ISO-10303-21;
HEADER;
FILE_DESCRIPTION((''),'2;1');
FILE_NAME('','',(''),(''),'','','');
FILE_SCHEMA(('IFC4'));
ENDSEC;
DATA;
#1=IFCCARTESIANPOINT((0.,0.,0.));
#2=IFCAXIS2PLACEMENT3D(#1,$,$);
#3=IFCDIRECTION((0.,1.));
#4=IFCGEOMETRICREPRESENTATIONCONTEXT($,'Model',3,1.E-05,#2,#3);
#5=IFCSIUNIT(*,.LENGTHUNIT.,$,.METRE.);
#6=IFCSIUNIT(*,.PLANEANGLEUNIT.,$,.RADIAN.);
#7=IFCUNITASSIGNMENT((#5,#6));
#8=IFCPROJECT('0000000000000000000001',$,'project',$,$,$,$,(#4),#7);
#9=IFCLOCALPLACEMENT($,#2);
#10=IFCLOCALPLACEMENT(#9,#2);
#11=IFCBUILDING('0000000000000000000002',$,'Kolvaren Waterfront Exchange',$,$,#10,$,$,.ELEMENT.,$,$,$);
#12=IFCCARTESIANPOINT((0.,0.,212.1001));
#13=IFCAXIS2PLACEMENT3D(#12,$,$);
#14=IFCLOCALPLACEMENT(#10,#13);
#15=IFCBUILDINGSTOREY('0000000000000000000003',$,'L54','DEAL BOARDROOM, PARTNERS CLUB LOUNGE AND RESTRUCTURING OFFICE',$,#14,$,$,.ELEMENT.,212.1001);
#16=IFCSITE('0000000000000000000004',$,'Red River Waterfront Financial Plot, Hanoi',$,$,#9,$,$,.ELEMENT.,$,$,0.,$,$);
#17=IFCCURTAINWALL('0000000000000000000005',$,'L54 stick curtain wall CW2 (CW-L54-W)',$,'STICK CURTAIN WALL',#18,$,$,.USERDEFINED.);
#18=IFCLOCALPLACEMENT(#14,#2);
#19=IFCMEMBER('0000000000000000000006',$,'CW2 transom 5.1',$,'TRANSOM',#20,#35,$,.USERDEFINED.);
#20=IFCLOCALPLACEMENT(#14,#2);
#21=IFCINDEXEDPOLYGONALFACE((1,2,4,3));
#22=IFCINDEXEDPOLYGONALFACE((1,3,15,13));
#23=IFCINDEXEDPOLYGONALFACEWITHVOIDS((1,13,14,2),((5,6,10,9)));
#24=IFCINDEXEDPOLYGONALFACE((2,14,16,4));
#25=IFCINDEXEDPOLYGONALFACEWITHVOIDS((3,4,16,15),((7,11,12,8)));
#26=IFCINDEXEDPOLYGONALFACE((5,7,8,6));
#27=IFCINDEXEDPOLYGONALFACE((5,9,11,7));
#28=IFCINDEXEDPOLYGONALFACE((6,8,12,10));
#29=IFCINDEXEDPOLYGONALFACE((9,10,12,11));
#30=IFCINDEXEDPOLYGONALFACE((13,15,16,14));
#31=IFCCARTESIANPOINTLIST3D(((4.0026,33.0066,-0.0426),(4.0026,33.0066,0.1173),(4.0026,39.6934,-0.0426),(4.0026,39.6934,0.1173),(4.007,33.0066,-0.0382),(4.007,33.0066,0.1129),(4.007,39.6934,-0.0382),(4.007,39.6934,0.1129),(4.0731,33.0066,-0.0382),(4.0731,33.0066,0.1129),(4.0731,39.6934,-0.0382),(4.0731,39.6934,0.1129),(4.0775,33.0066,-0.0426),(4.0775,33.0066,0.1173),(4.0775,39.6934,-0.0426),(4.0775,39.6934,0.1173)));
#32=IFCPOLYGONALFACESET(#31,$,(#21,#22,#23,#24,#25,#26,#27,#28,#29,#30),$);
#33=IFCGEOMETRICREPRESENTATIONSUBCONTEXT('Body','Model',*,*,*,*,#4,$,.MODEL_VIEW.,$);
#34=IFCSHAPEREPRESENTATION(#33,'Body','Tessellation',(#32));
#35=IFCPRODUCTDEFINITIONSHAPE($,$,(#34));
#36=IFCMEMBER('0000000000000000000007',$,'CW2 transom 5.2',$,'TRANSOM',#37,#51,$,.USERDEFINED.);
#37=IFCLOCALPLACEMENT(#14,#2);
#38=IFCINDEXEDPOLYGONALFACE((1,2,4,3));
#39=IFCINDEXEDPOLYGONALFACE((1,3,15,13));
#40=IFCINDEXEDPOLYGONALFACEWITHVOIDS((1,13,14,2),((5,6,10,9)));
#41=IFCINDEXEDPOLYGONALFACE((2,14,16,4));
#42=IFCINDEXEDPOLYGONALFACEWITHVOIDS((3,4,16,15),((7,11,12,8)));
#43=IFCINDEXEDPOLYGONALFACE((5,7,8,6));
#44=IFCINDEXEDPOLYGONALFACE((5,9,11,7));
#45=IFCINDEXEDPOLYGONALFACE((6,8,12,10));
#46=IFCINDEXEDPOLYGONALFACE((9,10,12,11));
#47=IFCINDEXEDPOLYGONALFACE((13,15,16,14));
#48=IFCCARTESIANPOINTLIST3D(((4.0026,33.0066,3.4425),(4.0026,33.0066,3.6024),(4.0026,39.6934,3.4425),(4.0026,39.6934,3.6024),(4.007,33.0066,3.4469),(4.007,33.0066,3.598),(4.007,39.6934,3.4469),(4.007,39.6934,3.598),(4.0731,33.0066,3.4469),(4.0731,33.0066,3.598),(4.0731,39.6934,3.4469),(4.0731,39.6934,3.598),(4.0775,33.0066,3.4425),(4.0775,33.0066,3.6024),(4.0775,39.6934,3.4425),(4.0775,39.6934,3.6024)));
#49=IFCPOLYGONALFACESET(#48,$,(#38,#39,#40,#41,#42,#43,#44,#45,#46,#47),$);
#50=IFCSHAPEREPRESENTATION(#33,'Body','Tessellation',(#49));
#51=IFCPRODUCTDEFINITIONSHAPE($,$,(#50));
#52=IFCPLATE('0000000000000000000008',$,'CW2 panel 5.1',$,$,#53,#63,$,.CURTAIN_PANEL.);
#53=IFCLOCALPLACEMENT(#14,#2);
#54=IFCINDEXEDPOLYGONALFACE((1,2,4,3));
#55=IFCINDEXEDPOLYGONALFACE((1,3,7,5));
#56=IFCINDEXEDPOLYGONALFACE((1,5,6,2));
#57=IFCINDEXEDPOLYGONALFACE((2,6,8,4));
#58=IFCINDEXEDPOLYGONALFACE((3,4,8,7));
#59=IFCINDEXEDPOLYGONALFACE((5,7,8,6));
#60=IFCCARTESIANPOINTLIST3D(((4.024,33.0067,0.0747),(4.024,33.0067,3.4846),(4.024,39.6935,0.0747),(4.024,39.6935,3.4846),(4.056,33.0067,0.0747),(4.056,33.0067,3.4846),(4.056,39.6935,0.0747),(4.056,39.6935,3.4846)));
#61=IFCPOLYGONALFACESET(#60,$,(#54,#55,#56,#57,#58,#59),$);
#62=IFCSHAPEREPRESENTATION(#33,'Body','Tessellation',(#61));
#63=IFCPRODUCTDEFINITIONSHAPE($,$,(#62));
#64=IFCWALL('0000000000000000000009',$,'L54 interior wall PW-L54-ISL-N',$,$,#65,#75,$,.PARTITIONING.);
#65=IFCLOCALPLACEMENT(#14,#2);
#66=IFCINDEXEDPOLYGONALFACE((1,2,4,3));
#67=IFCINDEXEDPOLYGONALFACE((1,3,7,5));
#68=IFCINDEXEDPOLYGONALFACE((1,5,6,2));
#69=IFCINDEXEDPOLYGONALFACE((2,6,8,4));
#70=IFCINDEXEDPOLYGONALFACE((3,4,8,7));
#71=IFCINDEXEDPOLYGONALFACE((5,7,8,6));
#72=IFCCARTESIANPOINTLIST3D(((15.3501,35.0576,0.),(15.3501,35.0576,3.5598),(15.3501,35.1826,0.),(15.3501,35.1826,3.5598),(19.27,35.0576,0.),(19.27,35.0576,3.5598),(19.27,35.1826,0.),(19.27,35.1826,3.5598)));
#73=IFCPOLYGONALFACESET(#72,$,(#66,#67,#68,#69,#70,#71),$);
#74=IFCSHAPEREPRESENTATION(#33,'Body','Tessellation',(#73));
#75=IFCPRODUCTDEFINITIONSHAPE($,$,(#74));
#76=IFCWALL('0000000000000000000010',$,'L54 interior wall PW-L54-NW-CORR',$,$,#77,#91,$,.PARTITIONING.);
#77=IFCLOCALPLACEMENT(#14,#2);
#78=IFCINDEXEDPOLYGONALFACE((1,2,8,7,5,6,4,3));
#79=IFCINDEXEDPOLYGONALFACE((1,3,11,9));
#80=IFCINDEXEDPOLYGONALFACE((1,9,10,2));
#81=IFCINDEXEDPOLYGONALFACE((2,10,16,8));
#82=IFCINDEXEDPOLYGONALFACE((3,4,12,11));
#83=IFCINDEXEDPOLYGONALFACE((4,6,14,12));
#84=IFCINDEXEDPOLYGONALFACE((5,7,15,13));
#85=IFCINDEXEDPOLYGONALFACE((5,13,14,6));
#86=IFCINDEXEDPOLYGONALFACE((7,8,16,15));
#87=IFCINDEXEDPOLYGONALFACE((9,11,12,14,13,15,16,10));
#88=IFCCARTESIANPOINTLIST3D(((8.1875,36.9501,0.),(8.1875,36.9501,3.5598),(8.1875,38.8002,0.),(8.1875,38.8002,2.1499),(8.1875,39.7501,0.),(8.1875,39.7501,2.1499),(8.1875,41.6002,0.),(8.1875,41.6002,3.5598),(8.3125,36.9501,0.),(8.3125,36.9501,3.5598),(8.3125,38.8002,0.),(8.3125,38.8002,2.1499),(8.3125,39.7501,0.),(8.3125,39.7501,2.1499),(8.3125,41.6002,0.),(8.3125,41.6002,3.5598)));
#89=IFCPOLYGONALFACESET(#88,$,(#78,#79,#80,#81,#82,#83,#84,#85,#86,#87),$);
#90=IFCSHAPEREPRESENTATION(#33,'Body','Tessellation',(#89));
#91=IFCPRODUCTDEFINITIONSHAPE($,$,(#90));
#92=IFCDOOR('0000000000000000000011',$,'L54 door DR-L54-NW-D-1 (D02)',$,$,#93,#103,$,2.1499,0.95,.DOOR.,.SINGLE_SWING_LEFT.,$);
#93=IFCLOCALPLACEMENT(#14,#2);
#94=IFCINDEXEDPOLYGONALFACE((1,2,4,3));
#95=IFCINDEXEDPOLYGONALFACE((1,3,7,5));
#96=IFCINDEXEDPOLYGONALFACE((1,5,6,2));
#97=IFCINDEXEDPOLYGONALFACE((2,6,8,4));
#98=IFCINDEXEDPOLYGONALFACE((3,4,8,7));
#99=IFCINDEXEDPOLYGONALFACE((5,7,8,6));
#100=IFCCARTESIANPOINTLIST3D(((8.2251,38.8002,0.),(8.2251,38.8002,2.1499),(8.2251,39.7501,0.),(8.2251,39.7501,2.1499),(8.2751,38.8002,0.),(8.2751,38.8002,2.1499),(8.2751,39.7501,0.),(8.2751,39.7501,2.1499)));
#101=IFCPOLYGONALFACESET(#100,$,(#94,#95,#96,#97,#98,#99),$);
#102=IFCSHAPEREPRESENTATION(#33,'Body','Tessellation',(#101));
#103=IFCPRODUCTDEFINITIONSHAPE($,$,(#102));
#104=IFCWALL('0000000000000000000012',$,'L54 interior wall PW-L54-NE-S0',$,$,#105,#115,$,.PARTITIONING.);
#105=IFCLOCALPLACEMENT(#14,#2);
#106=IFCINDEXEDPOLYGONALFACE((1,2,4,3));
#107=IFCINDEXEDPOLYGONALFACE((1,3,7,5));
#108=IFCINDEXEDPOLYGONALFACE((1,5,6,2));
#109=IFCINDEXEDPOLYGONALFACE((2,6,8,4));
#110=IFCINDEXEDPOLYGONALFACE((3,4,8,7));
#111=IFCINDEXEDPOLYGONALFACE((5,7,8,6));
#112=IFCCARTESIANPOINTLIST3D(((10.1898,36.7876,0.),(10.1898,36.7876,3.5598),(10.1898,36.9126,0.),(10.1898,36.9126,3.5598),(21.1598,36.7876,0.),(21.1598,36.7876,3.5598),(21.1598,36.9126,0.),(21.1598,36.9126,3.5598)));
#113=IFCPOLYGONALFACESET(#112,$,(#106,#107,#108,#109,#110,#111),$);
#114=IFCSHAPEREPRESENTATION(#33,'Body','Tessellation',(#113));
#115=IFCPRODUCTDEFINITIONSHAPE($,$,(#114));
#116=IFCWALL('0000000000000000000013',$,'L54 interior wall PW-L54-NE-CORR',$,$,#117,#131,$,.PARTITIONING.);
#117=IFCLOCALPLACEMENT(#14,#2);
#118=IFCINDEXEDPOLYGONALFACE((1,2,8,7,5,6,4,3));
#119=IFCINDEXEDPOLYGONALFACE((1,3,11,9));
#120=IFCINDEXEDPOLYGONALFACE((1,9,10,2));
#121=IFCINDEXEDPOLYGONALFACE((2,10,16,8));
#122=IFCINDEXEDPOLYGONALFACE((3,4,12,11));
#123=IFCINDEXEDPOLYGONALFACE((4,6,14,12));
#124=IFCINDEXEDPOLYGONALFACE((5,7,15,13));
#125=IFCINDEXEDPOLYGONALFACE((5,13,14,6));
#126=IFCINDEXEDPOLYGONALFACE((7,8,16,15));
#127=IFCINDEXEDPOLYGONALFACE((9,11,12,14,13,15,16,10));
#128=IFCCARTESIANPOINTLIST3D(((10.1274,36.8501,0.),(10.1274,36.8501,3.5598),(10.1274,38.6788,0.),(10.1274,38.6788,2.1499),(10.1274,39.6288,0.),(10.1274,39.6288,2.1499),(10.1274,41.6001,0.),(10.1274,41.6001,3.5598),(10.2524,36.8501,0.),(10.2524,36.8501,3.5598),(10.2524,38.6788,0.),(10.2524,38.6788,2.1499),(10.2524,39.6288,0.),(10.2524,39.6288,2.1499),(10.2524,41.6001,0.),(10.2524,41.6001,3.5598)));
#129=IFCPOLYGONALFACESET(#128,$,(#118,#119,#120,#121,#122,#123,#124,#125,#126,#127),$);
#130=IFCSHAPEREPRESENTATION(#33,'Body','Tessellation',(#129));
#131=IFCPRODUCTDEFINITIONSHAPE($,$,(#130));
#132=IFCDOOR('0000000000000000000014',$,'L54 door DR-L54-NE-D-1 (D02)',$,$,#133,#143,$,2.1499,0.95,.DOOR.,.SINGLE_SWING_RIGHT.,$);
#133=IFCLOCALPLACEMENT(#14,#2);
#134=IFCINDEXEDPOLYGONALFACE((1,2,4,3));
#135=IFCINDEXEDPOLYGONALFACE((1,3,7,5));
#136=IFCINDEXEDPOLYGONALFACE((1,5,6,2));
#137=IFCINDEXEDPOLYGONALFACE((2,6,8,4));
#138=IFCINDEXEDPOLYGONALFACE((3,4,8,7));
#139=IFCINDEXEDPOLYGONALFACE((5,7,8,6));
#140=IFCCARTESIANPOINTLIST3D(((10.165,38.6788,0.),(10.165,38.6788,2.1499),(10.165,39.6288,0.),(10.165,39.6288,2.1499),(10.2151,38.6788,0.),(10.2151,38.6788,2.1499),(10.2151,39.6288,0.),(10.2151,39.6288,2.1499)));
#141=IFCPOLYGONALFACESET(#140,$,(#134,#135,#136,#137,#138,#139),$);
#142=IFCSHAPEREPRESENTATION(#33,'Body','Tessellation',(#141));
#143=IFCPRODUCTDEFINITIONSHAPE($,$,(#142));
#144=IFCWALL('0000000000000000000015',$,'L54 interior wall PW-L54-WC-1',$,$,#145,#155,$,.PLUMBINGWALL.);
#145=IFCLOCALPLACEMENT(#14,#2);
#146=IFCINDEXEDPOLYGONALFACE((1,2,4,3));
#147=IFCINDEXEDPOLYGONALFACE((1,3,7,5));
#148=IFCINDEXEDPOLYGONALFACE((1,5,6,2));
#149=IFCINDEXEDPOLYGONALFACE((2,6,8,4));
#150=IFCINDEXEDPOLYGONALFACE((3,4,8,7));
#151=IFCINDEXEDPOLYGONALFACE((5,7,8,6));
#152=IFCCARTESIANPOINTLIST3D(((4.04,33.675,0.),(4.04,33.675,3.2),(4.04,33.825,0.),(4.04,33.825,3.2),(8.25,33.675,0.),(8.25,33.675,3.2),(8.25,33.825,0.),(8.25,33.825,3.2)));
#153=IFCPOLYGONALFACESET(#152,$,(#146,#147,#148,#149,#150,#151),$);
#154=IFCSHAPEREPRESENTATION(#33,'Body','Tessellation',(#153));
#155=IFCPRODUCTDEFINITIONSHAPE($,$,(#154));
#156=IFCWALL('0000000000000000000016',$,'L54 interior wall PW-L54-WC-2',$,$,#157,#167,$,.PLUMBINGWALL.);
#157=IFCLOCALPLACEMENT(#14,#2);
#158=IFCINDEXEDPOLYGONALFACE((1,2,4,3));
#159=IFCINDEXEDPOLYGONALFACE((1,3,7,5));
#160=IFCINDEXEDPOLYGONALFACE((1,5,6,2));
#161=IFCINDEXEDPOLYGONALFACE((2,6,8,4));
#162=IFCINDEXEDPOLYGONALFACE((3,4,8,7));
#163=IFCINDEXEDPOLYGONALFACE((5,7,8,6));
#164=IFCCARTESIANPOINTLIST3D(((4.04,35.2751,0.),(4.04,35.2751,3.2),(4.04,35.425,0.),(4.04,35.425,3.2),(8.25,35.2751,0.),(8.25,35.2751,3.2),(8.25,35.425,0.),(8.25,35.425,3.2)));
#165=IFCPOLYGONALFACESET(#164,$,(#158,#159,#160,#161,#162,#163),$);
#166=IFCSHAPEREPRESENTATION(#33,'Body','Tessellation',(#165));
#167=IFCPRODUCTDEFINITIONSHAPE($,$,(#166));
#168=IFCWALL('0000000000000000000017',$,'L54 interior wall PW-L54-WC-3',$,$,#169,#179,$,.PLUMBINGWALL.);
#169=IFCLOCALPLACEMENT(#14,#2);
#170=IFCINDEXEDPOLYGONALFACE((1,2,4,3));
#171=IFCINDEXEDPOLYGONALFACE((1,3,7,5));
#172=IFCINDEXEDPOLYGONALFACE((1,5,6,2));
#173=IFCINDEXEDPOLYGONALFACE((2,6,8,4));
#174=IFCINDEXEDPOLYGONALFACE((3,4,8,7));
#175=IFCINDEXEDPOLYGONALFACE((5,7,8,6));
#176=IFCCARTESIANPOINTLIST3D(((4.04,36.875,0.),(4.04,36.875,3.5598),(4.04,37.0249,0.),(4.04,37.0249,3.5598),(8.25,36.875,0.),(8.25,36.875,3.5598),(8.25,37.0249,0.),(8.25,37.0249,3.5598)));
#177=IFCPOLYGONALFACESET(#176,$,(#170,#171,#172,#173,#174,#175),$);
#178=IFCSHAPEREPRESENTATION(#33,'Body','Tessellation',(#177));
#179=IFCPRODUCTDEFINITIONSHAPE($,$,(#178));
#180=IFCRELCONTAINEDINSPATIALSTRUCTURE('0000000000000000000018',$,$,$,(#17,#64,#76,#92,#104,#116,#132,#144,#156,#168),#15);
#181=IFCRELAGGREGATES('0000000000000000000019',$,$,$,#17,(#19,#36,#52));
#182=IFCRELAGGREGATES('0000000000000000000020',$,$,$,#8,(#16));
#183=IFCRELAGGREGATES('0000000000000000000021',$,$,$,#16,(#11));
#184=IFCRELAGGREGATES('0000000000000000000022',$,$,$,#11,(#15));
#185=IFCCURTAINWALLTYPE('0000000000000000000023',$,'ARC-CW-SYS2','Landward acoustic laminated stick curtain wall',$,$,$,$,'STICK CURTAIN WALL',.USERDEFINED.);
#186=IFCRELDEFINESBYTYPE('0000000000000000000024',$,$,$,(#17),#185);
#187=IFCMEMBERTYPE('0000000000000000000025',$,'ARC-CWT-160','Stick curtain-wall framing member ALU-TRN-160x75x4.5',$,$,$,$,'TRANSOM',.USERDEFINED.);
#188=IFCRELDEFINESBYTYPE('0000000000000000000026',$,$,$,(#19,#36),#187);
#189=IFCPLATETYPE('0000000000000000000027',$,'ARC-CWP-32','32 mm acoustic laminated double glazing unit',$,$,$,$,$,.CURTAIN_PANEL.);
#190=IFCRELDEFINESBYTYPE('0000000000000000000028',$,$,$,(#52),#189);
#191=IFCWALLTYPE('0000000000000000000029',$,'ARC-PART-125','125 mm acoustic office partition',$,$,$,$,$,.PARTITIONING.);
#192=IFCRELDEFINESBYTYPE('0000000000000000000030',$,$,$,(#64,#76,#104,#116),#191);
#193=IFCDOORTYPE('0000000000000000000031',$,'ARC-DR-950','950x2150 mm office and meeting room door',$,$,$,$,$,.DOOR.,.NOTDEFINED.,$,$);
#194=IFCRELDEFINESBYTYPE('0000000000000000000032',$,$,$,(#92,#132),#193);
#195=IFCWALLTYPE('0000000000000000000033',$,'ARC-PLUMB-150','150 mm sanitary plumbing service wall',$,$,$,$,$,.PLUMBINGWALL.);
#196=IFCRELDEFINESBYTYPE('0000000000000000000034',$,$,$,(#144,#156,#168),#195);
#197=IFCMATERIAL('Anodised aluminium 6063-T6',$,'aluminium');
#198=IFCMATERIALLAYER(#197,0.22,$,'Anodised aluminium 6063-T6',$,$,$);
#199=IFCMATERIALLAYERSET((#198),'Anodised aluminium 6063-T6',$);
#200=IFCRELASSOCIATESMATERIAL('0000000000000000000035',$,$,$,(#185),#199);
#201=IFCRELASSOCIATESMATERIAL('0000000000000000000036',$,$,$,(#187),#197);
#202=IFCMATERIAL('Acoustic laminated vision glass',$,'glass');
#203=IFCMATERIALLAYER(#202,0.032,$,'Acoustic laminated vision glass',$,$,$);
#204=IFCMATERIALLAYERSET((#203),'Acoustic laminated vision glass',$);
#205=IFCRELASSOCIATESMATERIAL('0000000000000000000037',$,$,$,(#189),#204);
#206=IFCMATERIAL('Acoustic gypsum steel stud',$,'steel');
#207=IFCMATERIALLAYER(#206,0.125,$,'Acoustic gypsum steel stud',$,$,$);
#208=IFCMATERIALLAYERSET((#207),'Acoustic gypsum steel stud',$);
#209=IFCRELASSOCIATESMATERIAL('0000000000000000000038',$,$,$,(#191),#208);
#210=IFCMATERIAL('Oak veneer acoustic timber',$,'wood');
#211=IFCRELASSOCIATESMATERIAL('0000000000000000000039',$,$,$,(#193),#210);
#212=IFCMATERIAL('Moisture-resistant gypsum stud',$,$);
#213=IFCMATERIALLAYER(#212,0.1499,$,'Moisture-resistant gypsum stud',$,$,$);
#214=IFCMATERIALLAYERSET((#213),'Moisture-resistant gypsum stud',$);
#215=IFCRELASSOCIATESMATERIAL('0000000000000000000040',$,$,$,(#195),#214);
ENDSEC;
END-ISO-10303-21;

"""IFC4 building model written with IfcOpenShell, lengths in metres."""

from ifc_helpers import new_model, si_unit, direction, frame, frame_2d, origin, origin_with_axes, origin_2d, place, context, subcontext, project, spatial, rectangle, hollow_rectangle, extrude, source, transform, mapped, material, layer, layer_set, material_profile, profile_set, type_object, element, fill, aggregate, save


model = new_model("IFC4")

# Units and contexts
model_context = context("Model", 3, precision=1e-05, world=origin(), true_north=direction((0.0, 1.0)))
body_context = subcontext(model_context, "Body", "Model", "MODEL_VIEW")
ifc_project = project(units=[si_unit("LENGTHUNIT", "METRE"), si_unit("PLANEANGLEUNIT", "RADIAN")], contexts=[model_context])

# Site, building, storey
site_placement = place(None, origin())
site = spatial("IfcSite", under=ifc_project, at=site_placement, Name="Red River Waterfront Financial Plot, Hanoi", CompositionType="ELEMENT", RefElevation=0.0)
building_placement = place(site_placement, origin())
building = spatial("IfcBuilding", under=site, at=building_placement, Name="Kolvaren Waterfront Exchange", CompositionType="ELEMENT")
storey_placement = place(building_placement, frame((0.0, 0.0, 212.1001)))
storey = spatial("IfcBuildingStorey", under=building, at=storey_placement, Name="L54", Description="DEAL BOARDROOM, PARTNERS CLUB LOUNGE AND RESTRUCTURING OFFICE", CompositionType="ELEMENT", Elevation=212.1001)

# Curtain wall, members, plate
ifc_material_1 = material(Name="Anodised aluminium 6063-T6", Category="aluminium")
ifc_layer_1 = layer(ifc_material_1, 0.22, Name="Anodised aluminium 6063-T6")
ifc_layer_set_1 = layer_set([ifc_layer_1], Name="Anodised aluminium 6063-T6")
curtain_wall_type = type_object("IfcCurtainWallType", Name="ARC-CW-SYS2", Description="Landward acoustic laminated stick curtain wall", ElementType="STICK CURTAIN WALL", PredefinedType="USERDEFINED", material=ifc_layer_set_1)
curtain_wall_placement = place(storey_placement, origin())
curtain_wall = element("IfcCurtainWall", 1, at=curtain_wall_placement, inside=storey, type_object=curtain_wall_type, Name="L54 stick curtain wall CW2 (CW-L54-W)", ObjectType="STICK CURTAIN WALL", PredefinedType="USERDEFINED")
ifc_material_profile_1 = material_profile(ifc_material_1, hollow_rectangle(XDim=0.075, YDim=0.1599, WallThickness=0.0044, at=origin_2d()), Name="ALU-TRN-160x75x4.5")
ifc_profile_set_1 = profile_set([ifc_material_profile_1], Name="Anodised aluminium 6063-T6")
member_type = type_object("IfcMemberType", Name="ARC-CWT-160", Description="Stick curtain-wall framing member ALU-TRN-160x75x4.5", ElementType="TRANSOM", PredefinedType="USERDEFINED", material=ifc_profile_set_1)
shared_shape_1 = source(origin_with_axes(), body_context, "Body", "SweptSolid", [
    extrude(hollow_rectangle(XDim=0.075, YDim=0.1599, WallThickness=0.0044, at=origin_2d()), origin(), (0.0, 0.0, 1.0), 6.6868),
])
member_1_placement = place(storey_placement, frame((4.04, 33.0066, 0.0374), z_axis=(0.0, 1.0, 0.0), x_axis=(-1.0, 0.0, 0.0)))
member_1 = element("IfcMember", 2, at=member_1_placement, type_object=member_type, Name="CW2 transom 5.1", ObjectType="TRANSOM", PredefinedType="USERDEFINED", context=body_context, shape_type="MappedRepresentation", body=[
    mapped(shared_shape_1, transform((0.0, 0.0, 0.0), x_axis=(1.0, 0.0, 0.0), y_axis=(0.0, 1.0, 0.0), z_axis=(0.0, 0.0, 1.0), scale=1.0)),
])
member_2_placement = place(storey_placement, frame((4.04, 33.0066, 3.5225), z_axis=(0.0, 1.0, 0.0), x_axis=(-1.0, 0.0, 0.0)))
member_2 = element("IfcMember", 3, at=member_2_placement, type_object=member_type, Name="CW2 transom 5.2", ObjectType="TRANSOM", PredefinedType="USERDEFINED", context=body_context, shape_type="MappedRepresentation", body=[
    mapped(shared_shape_1, transform((0.0, 0.0, 0.0), x_axis=(1.0, 0.0, 0.0), y_axis=(0.0, 1.0, 0.0), z_axis=(0.0, 0.0, 1.0), scale=1.0)),
])
ifc_material_2 = material(Name="Acoustic laminated vision glass", Category="glass")
ifc_layer_2 = layer(ifc_material_2, 0.032, Name="Acoustic laminated vision glass")
ifc_layer_set_2 = layer_set([ifc_layer_2], Name="Acoustic laminated vision glass")
plate_type = type_object("IfcPlateType", Name="ARC-CWP-32", Description="32 mm acoustic laminated double glazing unit", PredefinedType="CURTAIN_PANEL", material=ifc_layer_set_2)
shared_shape_2 = source(origin_with_axes(), body_context, "Body", "SweptSolid", [
    extrude(rectangle(XDim=6.6868, YDim=0.032, at=origin_2d()), origin(), (0.0, 0.0, 1.0), 3.4099),
])
plate_placement = place(storey_placement, frame((4.04, 36.3501, 0.0747), z_axis=(0.0, 0.0, 1.0), x_axis=(0.0, 1.0, 0.0)))
plate = element("IfcPlate", 4, at=plate_placement, type_object=plate_type, Name="CW2 panel 5.1", PredefinedType="CURTAIN_PANEL", context=body_context, shape_type="MappedRepresentation", body=[
    mapped(shared_shape_2, transform((0.0, 0.0, 0.0), x_axis=(1.0, 0.0, 0.0), y_axis=(0.0, 1.0, 0.0), z_axis=(0.0, 0.0, 1.0), scale=1.0)),
])
aggregate(curtain_wall, [member_1, member_2, plate])

# Wall
ifc_material_3 = material(Name="Acoustic gypsum steel stud", Category="steel")
ifc_layer_3 = layer(ifc_material_3, 0.125, Name="Acoustic gypsum steel stud")
ifc_layer_set_3 = layer_set([ifc_layer_3], Name="Acoustic gypsum steel stud")
wall_type_1 = type_object("IfcWallType", Name="ARC-PART-125", Description="125 mm acoustic office partition", PredefinedType="PARTITIONING", material=ifc_layer_set_3)
wall_1_placement = place(storey_placement, frame((15.3501, 35.1201, 0.0), z_axis=(0.0, 0.0, 1.0), x_axis=(1.0, 0.0, 0.0)))
element("IfcWall", 5, at=wall_1_placement, inside=storey, type_object=wall_type_1, Name="L54 interior wall PW-L54-ISL-N", PredefinedType="PARTITIONING", context=body_context, shape_type="SweptSolid", body=[
    extrude(rectangle(XDim=3.9199, YDim=0.125, at=frame_2d((1.96, 0.0))), origin(), (0.0, 0.0, 1.0), 3.5598),
])

# Wall, opening, door
wall_2_placement = place(storey_placement, frame((8.25, 36.95, 0.0), z_axis=(0.0, 0.0, 1.0), x_axis=(0.0, 1.0, 0.0)))
wall_2 = element("IfcWall", 6, at=wall_2_placement, inside=storey, type_object=wall_type_1, Name="L54 interior wall PW-L54-NW-CORR", PredefinedType="PARTITIONING", context=body_context, shape_type="SweptSolid", body=[
    extrude(rectangle(XDim=4.6501, YDim=0.125, at=frame_2d((2.3252, 0.0))), origin(), (0.0, 0.0, 1.0), 3.5598),
])
opening_1_placement = place(wall_2_placement, frame((1.8501, 0.0, 0.0)))
opening_1 = element("IfcOpeningElement", 7, at=opening_1_placement, cuts=wall_2, PredefinedType="OPENING", context=body_context, shape_type="SweptSolid", body=[
    extrude(rectangle(XDim=0.95, YDim=2.1499, at=frame_2d((0.4751, 1.075))), frame((0.0, 0.0725, 0.0), z_axis=(0.0, -1.0, 0.0), x_axis=(1.0, 0.0, 0.0)), (0.0, 0.0, 1.0), 0.145),
])
ifc_material_4 = material(Name="Oak veneer acoustic timber", Category="wood")
door_type = type_object("IfcDoorType", Name="ARC-DR-950", Description="950x2150 mm office and meeting room door", OperationType="NOTDEFINED", PredefinedType="DOOR", material=ifc_material_4)
door_1_placement = place(opening_1_placement, origin())
door_1 = element("IfcDoor", 8, at=door_1_placement, inside=storey, type_object=door_type, Name="L54 door DR-L54-NW-D-1 (D02)", OperationType="SINGLE_SWING_LEFT", OverallHeight=2.1499, OverallWidth=0.95, PredefinedType="DOOR", context=body_context, shape_type="SweptSolid", body=[
    extrude(rectangle(XDim=0.95, YDim=2.1499, at=frame_2d((0.4751, 1.075))), frame((0.0, 0.0249, 0.0), z_axis=(0.0, -1.0, 0.0), x_axis=(1.0, 0.0, 0.0)), (0.0, 0.0, 1.0), 0.05),
])
fill(opening_1, door_1)

# Wall
wall_3_placement = place(storey_placement, frame((10.1899, 36.8501, 0.0), z_axis=(0.0, 0.0, 1.0), x_axis=(1.0, 0.0, 0.0)))
element("IfcWall", 9, at=wall_3_placement, inside=storey, type_object=wall_type_1, Name="L54 interior wall PW-L54-NE-S0", PredefinedType="PARTITIONING", context=body_context, shape_type="SweptSolid", body=[
    extrude(rectangle(XDim=10.97, YDim=0.125, at=frame_2d((5.4849, 0.0))), origin(), (0.0, 0.0, 1.0), 3.5598),
])

# Wall, opening, door
wall_4_placement = place(storey_placement, frame((10.1899, 36.8501, 0.0), z_axis=(0.0, 0.0, 1.0), x_axis=(0.0, 1.0, 0.0)))
wall_4 = element("IfcWall", 10, at=wall_4_placement, inside=storey, type_object=wall_type_1, Name="L54 interior wall PW-L54-NE-CORR", PredefinedType="PARTITIONING", context=body_context, shape_type="SweptSolid", body=[
    extrude(rectangle(XDim=4.75, YDim=0.125, at=frame_2d((2.375, 0.0))), origin(), (0.0, 0.0, 1.0), 3.5598),
])
opening_2_placement = place(wall_4_placement, frame((1.8286, 0.0, 0.0)))
opening_2 = element("IfcOpeningElement", 11, at=opening_2_placement, cuts=wall_4, PredefinedType="OPENING", context=body_context, shape_type="SweptSolid", body=[
    extrude(rectangle(XDim=0.95, YDim=2.1499, at=frame_2d((0.4751, 1.075))), frame((0.0, 0.0725, 0.0), z_axis=(0.0, -1.0, 0.0), x_axis=(1.0, 0.0, 0.0)), (0.0, 0.0, 1.0), 0.145),
])
door_2_placement = place(opening_2_placement, origin())
door_2 = element("IfcDoor", 12, at=door_2_placement, inside=storey, type_object=door_type, Name="L54 door DR-L54-NE-D-1 (D02)", OperationType="SINGLE_SWING_RIGHT", OverallHeight=2.1499, OverallWidth=0.95, PredefinedType="DOOR", context=body_context, shape_type="SweptSolid", body=[
    extrude(rectangle(XDim=0.95, YDim=2.1499, at=frame_2d((0.4751, 1.075))), frame((0.0, 0.0249, 0.0), z_axis=(0.0, -1.0, 0.0), x_axis=(1.0, 0.0, 0.0)), (0.0, 0.0, 1.0), 0.05),
])
fill(opening_2, door_2)

# Walls
ifc_material_5 = material(Name="Moisture-resistant gypsum stud")
ifc_layer_4 = layer(ifc_material_5, 0.1499, Name="Moisture-resistant gypsum stud")
ifc_layer_set_4 = layer_set([ifc_layer_4], Name="Moisture-resistant gypsum stud")
wall_type_2 = type_object("IfcWallType", Name="ARC-PLUMB-150", Description="150 mm sanitary plumbing service wall", PredefinedType="PLUMBINGWALL", material=ifc_layer_set_4)
for number, where, z_axis, x_axis, name in (
    (13, (4.04, 33.75, 0.0), (0.0, 0.0, 1.0), (1.0, 0.0, 0.0), "L54 interior wall PW-L54-WC-1"),
    (14, (4.04, 35.3501, 0.0), (0.0, 0.0, 1.0), (1.0, 0.0, 0.0), "L54 interior wall PW-L54-WC-2"),
):
    element("IfcWall", number, at=place(storey_placement, frame(where, z_axis=z_axis, x_axis=x_axis)), inside=storey, type_object=wall_type_2, Name=name, PredefinedType="PLUMBINGWALL", context=body_context, shape_type="SweptSolid", body=[
        extrude(rectangle(XDim=4.21, YDim=0.1499, at=frame_2d((2.105, 0.0))), origin(), (0.0, 0.0, 1.0), 3.2),
    ])
wall_5_placement = place(storey_placement, frame((4.04, 36.95, 0.0), z_axis=(0.0, 0.0, 1.0), x_axis=(1.0, 0.0, 0.0)))
element("IfcWall", 15, at=wall_5_placement, inside=storey, type_object=wall_type_2, Name="L54 interior wall PW-L54-WC-3", PredefinedType="PLUMBINGWALL", context=body_context, shape_type="SweptSolid", body=[
    extrude(rectangle(XDim=4.21, YDim=0.1499, at=frame_2d((2.105, 0.0))), origin(), (0.0, 0.0, 1.0), 3.5598),
])

save(model, "model.ifc")
